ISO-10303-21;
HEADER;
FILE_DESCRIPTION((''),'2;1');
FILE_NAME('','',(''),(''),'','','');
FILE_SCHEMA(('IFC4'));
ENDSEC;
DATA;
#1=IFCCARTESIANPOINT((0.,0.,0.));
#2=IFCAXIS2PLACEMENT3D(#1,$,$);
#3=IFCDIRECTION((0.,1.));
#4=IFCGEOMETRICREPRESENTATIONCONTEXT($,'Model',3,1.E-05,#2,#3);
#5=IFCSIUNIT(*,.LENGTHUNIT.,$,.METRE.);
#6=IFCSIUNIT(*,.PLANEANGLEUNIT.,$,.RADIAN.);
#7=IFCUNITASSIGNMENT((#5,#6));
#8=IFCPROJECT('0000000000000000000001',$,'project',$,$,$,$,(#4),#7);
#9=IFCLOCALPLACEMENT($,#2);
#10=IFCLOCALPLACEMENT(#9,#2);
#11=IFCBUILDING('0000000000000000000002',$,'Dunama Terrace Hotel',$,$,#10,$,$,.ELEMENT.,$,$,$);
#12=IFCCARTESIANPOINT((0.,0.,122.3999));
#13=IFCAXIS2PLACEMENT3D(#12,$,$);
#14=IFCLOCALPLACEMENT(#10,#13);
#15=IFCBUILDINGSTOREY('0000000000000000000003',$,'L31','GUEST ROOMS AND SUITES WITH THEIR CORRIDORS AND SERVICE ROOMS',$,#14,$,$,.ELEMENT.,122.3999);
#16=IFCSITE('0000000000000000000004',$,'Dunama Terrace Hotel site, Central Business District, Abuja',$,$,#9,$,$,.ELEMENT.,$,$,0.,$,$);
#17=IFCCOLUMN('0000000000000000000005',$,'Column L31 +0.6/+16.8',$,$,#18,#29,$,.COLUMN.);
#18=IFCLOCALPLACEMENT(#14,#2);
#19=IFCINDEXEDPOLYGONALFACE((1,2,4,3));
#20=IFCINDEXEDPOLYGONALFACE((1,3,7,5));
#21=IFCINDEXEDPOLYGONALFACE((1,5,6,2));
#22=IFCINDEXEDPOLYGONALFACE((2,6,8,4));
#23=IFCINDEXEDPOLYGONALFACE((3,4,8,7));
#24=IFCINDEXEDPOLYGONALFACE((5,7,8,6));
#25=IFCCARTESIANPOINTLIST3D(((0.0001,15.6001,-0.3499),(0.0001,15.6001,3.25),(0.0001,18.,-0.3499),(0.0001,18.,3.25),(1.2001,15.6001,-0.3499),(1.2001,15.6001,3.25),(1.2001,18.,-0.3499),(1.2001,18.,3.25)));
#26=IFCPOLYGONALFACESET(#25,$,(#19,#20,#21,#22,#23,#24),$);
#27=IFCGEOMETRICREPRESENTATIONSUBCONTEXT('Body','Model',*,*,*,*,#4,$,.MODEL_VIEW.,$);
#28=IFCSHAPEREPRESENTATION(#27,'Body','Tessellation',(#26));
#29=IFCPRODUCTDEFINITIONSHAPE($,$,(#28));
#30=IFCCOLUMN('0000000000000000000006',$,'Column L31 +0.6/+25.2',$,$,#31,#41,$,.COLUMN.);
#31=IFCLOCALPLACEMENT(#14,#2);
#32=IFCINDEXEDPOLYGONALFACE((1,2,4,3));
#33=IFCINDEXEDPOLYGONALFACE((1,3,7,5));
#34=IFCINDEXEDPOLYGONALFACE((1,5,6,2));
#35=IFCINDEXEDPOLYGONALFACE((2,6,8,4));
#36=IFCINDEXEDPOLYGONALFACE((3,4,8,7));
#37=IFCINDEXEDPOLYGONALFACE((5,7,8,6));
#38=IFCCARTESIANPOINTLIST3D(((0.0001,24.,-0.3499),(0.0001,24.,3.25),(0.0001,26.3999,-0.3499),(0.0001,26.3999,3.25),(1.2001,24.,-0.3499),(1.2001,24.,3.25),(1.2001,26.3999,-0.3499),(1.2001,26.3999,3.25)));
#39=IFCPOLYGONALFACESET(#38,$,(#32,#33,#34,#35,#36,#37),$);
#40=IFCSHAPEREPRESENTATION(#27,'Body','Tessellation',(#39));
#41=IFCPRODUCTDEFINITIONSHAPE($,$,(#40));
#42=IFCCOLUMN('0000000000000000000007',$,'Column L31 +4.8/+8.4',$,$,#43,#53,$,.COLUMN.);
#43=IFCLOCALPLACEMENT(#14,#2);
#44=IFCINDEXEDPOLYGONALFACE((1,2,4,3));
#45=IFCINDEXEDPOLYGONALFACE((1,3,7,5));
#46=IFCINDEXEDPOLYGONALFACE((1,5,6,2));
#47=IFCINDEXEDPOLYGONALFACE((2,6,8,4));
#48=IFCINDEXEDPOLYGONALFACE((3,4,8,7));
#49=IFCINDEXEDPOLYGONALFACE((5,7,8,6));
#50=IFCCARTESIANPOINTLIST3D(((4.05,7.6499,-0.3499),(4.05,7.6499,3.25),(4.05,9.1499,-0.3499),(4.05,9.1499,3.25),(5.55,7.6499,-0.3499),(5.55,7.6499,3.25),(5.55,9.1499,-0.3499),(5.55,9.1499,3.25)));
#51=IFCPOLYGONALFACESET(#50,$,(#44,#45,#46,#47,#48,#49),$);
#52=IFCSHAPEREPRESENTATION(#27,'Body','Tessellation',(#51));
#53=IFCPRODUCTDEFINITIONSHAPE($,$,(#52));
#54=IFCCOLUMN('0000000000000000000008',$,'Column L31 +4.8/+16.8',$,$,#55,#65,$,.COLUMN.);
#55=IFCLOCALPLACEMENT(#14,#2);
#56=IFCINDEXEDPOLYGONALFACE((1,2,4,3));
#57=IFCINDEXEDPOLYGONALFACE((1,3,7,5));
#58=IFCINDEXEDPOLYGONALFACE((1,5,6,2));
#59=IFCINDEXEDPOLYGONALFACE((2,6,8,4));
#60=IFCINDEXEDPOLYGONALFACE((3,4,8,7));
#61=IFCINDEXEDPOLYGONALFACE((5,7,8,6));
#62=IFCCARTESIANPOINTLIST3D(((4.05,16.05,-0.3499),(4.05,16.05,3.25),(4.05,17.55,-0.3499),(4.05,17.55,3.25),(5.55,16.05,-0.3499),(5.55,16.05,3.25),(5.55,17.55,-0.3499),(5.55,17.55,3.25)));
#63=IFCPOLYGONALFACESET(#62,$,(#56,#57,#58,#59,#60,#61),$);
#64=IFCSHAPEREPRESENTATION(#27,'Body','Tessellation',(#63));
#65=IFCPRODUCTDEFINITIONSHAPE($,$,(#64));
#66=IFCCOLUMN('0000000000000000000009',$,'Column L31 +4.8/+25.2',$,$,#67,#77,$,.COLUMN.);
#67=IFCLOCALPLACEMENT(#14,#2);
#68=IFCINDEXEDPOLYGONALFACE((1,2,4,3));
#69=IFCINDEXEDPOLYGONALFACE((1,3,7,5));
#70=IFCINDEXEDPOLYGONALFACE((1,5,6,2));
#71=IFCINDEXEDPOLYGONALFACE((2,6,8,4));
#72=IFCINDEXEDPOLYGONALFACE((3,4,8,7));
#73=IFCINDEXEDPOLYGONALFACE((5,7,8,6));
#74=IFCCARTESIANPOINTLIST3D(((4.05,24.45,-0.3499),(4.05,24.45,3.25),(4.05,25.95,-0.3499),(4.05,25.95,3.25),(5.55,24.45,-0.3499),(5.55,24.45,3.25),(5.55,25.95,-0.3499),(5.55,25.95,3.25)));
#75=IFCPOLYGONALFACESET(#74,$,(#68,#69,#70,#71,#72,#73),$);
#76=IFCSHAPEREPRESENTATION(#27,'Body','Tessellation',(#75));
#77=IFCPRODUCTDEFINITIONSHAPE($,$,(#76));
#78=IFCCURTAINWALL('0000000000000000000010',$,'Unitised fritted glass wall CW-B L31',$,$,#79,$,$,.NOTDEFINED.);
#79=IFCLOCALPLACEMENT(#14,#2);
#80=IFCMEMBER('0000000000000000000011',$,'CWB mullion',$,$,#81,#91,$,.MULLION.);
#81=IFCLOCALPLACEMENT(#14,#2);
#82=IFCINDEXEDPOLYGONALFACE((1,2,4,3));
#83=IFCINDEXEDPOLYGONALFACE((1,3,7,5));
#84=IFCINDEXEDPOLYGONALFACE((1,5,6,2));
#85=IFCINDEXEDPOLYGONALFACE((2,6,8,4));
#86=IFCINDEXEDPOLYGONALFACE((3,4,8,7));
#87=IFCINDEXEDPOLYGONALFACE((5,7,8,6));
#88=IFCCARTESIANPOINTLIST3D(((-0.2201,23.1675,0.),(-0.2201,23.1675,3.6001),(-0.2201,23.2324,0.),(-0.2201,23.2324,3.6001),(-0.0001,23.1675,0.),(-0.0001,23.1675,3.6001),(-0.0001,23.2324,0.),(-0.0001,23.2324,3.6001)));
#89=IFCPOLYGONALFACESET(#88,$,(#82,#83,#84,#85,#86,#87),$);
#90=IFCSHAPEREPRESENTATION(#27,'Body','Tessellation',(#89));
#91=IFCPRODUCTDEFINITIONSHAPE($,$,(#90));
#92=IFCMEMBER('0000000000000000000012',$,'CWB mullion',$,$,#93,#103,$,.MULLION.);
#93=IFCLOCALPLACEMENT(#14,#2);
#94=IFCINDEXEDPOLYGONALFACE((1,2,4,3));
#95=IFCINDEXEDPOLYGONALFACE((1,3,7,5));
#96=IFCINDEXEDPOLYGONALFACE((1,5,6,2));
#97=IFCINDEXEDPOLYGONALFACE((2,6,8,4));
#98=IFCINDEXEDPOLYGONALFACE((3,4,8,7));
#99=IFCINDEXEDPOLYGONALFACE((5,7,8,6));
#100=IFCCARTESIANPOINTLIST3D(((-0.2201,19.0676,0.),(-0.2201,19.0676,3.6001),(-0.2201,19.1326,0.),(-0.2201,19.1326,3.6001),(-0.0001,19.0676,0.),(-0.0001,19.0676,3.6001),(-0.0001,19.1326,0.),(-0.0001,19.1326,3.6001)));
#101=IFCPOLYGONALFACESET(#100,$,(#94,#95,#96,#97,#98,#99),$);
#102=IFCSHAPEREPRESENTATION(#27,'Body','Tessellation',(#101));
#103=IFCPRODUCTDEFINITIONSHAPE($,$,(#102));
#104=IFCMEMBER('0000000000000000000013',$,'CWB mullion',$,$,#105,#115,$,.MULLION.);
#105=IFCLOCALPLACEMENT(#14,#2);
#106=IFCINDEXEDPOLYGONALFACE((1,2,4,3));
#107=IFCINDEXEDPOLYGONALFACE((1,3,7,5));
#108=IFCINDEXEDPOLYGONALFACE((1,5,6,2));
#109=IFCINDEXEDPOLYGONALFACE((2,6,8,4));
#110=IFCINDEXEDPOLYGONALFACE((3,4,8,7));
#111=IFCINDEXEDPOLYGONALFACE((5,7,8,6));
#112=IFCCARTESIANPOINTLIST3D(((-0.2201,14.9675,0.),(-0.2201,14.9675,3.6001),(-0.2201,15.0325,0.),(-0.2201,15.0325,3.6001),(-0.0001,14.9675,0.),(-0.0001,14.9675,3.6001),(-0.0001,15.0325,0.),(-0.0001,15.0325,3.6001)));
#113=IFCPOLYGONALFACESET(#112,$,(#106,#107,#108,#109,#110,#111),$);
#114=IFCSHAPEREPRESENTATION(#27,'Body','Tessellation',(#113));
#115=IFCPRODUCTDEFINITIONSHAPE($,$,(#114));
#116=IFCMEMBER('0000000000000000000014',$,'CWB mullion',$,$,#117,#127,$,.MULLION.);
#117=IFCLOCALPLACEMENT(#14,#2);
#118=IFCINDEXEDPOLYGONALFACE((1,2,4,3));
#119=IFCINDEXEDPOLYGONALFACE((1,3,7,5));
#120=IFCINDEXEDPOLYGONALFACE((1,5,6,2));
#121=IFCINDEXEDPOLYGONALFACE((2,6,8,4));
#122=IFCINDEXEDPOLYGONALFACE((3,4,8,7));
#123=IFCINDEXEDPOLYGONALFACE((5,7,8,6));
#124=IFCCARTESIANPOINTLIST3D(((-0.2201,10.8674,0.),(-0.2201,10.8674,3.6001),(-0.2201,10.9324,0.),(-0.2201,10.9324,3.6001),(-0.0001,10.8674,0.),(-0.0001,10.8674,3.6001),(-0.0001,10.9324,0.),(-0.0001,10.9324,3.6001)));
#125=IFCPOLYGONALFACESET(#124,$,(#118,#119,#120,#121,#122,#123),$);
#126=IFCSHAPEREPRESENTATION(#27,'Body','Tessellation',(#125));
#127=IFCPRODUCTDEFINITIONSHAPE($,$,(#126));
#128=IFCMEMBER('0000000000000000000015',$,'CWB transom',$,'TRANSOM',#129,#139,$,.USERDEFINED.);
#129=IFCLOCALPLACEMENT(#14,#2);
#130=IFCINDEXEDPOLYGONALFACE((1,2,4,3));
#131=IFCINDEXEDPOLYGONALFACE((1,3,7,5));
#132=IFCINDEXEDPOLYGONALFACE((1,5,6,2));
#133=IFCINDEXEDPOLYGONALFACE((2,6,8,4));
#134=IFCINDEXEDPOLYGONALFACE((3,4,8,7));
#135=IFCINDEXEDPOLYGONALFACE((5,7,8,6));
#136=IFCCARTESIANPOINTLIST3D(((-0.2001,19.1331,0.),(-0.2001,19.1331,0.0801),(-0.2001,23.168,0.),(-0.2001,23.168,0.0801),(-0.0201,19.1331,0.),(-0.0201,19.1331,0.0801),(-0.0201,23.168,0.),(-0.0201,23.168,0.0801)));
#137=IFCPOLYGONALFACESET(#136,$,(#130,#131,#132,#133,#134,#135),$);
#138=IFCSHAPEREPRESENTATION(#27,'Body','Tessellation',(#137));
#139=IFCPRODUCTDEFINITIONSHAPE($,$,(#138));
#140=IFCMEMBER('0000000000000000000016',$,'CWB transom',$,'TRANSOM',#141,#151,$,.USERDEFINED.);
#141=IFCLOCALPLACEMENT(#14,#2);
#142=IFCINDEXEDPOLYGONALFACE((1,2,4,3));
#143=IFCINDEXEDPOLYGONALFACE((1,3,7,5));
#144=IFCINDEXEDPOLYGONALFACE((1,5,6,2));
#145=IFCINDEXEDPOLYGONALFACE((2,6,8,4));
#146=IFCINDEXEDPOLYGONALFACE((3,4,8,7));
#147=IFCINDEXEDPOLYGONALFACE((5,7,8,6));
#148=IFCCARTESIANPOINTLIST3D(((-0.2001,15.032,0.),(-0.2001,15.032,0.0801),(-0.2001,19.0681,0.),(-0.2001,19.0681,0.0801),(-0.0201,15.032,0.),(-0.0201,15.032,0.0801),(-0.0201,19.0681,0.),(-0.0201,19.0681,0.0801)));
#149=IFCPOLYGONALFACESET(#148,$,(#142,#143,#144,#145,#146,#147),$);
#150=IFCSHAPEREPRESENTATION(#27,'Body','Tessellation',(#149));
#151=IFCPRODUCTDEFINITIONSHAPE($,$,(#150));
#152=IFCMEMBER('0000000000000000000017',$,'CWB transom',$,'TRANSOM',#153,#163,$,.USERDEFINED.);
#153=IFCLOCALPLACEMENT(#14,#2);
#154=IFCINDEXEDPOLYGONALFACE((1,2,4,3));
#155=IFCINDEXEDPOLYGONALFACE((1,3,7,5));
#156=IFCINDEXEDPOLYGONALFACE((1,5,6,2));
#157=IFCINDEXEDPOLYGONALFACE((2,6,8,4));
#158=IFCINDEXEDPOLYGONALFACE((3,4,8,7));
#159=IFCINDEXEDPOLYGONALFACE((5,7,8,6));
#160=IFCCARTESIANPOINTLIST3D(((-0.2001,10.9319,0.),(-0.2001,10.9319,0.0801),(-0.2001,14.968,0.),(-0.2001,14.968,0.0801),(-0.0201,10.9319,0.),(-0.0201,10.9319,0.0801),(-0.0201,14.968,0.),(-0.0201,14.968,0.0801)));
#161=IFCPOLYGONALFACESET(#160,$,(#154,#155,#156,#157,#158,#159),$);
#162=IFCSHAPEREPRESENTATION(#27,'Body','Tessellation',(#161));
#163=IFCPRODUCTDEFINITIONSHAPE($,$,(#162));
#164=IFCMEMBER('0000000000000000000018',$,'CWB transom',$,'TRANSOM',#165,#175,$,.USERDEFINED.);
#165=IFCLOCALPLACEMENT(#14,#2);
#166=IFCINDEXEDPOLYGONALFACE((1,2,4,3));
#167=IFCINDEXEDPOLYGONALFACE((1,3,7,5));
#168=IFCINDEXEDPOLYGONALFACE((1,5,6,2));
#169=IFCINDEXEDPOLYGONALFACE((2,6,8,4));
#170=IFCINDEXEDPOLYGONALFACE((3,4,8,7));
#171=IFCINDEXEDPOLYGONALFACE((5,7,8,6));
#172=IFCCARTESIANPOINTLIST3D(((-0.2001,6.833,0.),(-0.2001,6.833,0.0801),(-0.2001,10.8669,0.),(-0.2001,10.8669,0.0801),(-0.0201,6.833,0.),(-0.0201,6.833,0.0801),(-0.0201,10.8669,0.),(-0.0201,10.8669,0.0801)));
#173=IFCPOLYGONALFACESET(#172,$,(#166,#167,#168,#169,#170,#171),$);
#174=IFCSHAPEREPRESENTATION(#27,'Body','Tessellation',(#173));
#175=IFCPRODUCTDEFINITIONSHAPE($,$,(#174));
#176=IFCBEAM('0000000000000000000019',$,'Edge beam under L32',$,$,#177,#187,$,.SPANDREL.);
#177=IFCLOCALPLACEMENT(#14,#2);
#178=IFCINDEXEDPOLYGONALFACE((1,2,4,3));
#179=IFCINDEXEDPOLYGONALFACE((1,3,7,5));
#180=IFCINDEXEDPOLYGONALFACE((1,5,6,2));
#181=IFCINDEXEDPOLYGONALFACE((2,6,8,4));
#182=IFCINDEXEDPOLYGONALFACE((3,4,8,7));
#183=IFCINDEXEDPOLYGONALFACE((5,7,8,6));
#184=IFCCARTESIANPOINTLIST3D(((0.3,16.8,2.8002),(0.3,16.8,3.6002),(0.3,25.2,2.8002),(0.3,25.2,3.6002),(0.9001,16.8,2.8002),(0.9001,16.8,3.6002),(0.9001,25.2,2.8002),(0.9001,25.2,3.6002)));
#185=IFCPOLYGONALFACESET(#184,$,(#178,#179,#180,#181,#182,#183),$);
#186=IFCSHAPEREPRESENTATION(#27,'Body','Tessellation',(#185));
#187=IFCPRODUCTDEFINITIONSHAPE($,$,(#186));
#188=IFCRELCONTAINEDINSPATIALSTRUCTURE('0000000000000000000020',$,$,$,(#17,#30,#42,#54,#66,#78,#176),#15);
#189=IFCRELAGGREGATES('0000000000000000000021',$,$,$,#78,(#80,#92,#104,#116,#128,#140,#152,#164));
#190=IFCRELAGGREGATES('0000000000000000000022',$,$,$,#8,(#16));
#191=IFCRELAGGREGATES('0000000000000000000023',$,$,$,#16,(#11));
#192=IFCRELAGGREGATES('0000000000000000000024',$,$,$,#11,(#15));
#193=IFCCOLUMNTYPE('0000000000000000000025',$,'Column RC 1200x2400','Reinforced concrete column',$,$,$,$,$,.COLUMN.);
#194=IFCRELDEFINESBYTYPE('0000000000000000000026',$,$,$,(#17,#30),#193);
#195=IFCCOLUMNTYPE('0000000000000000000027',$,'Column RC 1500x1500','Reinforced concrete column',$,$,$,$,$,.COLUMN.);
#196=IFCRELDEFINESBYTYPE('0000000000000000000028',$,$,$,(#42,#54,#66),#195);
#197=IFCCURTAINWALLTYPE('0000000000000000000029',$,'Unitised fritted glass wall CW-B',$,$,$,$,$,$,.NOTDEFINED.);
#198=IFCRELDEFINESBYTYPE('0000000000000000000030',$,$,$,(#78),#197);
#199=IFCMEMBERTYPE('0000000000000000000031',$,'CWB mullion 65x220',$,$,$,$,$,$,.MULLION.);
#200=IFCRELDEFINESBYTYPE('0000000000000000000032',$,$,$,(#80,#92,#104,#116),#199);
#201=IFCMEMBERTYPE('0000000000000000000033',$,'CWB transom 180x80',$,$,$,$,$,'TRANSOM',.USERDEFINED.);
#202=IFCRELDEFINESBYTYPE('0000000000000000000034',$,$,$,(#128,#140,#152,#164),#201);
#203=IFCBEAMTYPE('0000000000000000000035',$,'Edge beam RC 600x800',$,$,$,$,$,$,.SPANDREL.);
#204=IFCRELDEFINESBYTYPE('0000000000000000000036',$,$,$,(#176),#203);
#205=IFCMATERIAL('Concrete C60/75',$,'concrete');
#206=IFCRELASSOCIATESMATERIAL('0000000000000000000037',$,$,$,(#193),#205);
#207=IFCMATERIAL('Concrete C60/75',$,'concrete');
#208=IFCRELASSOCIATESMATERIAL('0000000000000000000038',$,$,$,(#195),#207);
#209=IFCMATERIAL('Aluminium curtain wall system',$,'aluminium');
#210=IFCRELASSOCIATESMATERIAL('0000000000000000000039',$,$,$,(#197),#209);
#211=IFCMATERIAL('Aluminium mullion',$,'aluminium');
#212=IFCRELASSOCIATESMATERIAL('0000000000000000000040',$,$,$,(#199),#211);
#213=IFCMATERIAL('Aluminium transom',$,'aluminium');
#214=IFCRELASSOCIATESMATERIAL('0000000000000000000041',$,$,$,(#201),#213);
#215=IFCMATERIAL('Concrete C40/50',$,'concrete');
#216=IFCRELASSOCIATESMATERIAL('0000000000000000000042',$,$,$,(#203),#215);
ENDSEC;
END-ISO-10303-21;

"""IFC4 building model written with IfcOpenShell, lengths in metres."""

from ifc_helpers import new_model, si_unit, direction, frame, origin, origin_2d, place, context, subcontext, project, spatial, rectangle, extrude, material, material_profile, profile_set, type_object, element, aggregate, save


model = new_model("IFC4")

# Units and contexts
model_context = context("Model", 3, precision=1e-05, world=origin(), true_north=direction((0.0, 1.0)))
body_context = subcontext(model_context, "Body", "Model", "MODEL_VIEW")
ifc_project = project(units=[si_unit("LENGTHUNIT", "METRE"), si_unit("PLANEANGLEUNIT", "RADIAN")], contexts=[model_context])

# Site, building, storey
site_placement = place(None, origin())
site = spatial("IfcSite", under=ifc_project, at=site_placement, Name="Dunama Terrace Hotel site, Central Business District, Abuja", CompositionType="ELEMENT", RefElevation=0.0)
building_placement = place(site_placement, origin())
building = spatial("IfcBuilding", under=site, at=building_placement, Name="Dunama Terrace Hotel", CompositionType="ELEMENT")
storey_placement = place(building_placement, frame((0.0, 0.0, 122.3999)))
storey = spatial("IfcBuildingStorey", under=building, at=storey_placement, Name="L31", Description="GUEST ROOMS AND SUITES WITH THEIR CORRIDORS AND SERVICE ROOMS", CompositionType="ELEMENT", Elevation=122.3999)

# Columns
ifc_material_1 = material(Name="Concrete C60/75", Category="concrete")
ifc_material_profile_1 = material_profile(ifc_material_1, rectangle(XDim=1.2, YDim=2.3999, at=origin_2d()), Name="RC 1200x2400")
ifc_profile_set_1 = profile_set([ifc_material_profile_1], Name="Concrete C60/75")
column_type_1 = type_object("IfcColumnType", Name="Column RC 1200x2400", Description="Reinforced concrete column", PredefinedType="COLUMN", material=ifc_profile_set_1)
for number, where, z_axis, x_axis, name in (
    (1, (0.6001, 16.8, -0.3499), (0.0, 0.0, 1.0), (1.0, 0.0, 0.0), "Column L31 +0.6/+16.8"),
    (2, (0.6001, 25.2, -0.3499), (0.0, 0.0, 1.0), (1.0, 0.0, 0.0), "Column L31 +0.6/+25.2"),
):
    element("IfcColumn", number, at=place(storey_placement, frame(where, z_axis=z_axis, x_axis=x_axis)), inside=storey, type_object=column_type_1, Name=name, PredefinedType="COLUMN", context=body_context, shape_type="SweptSolid", body=[
        extrude(rectangle(XDim=1.2, YDim=2.3999, at=origin_2d()), origin(), (0.0, 0.0, 1.0), 3.5999),
    ])
ifc_material_2 = material(Name="Concrete C60/75", Category="concrete")
ifc_material_profile_2 = material_profile(ifc_material_2, rectangle(XDim=1.5, YDim=1.5, at=origin_2d()), Name="RC 1500x1500")
ifc_profile_set_2 = profile_set([ifc_material_profile_2], Name="Concrete C60/75")
column_type_2 = type_object("IfcColumnType", Name="Column RC 1500x1500", Description="Reinforced concrete column", PredefinedType="COLUMN", material=ifc_profile_set_2)
for number, where, z_axis, x_axis, name in (
    (3, (4.8, 8.3999, -0.3499), (0.0, 0.0, 1.0), (1.0, 0.0, 0.0), "Column L31 +4.8/+8.4"),
    (4, (4.8, 16.8, -0.3499), (0.0, 0.0, 1.0), (1.0, 0.0, 0.0), "Column L31 +4.8/+16.8"),
    (5, (4.8, 25.2, -0.3499), (0.0, 0.0, 1.0), (1.0, 0.0, 0.0), "Column L31 +4.8/+25.2"),
):
    element("IfcColumn", number, at=place(storey_placement, frame(where, z_axis=z_axis, x_axis=x_axis)), inside=storey, type_object=column_type_2, Name=name, PredefinedType="COLUMN", context=body_context, shape_type="SweptSolid", body=[
        extrude(rectangle(XDim=1.5, YDim=1.5, at=origin_2d()), origin(), (0.0, 0.0, 1.0), 3.5999),
    ])

# Curtain wall, members
ifc_material_3 = material(Name="Aluminium curtain wall system", Category="aluminium")
curtain_wall_type = type_object("IfcCurtainWallType", Name="Unitised fritted glass wall CW-B", PredefinedType="NOTDEFINED", material=ifc_material_3)
curtain_wall_placement = place(storey_placement, origin())
curtain_wall = element("IfcCurtainWall", 6, at=curtain_wall_placement, inside=storey, type_object=curtain_wall_type, Name="Unitised fritted glass wall CW-B L31", PredefinedType="NOTDEFINED")
ifc_material_4 = material(Name="Aluminium mullion", Category="aluminium")
ifc_material_profile_3 = material_profile(ifc_material_4, rectangle(XDim=0.0649, YDim=0.22, at=origin_2d()), Name="CWB MULLION 65X220")
ifc_profile_set_3 = profile_set([ifc_material_profile_3], Name="Aluminium mullion")
member_type_1 = type_object("IfcMemberType", Name="CWB mullion 65x220", PredefinedType="MULLION", material=ifc_profile_set_3)
member_1_placement = place(storey_placement, frame((-0.1101, 23.2, 0.0), z_axis=(0.0, 0.0, 1.0), x_axis=(0.0, -1.0, 0.0)))
member_1 = element("IfcMember", 7, at=member_1_placement, type_object=member_type_1, Name="CWB mullion", PredefinedType="MULLION", context=body_context, shape_type="SweptSolid", body=[
    extrude(rectangle(XDim=0.0649, YDim=0.22, at=origin_2d()), origin(), (0.0, 0.0, 1.0), 3.6001),
])
member_2_placement = place(storey_placement, frame((-0.1101, 19.1001, 0.0), z_axis=(0.0, 0.0, 1.0), x_axis=(0.0, -1.0, 0.0)))
member_2 = element("IfcMember", 8, at=member_2_placement, type_object=member_type_1, Name="CWB mullion", PredefinedType="MULLION", context=body_context, shape_type="SweptSolid", body=[
    extrude(rectangle(XDim=0.0649, YDim=0.22, at=origin_2d()), origin(), (0.0, 0.0, 1.0), 3.6001),
])
member_3_placement = place(storey_placement, frame((-0.1101, 15.0, 0.0), z_axis=(0.0, 0.0, 1.0), x_axis=(0.0, -1.0, 0.0)))
member_3 = element("IfcMember", 9, at=member_3_placement, type_object=member_type_1, Name="CWB mullion", PredefinedType="MULLION", context=body_context, shape_type="SweptSolid", body=[
    extrude(rectangle(XDim=0.0649, YDim=0.22, at=origin_2d()), origin(), (0.0, 0.0, 1.0), 3.6001),
])
member_4_placement = place(storey_placement, frame((-0.1101, 10.8999, 0.0), z_axis=(0.0, 0.0, 1.0), x_axis=(0.0, -1.0, 0.0)))
member_4 = element("IfcMember", 10, at=member_4_placement, type_object=member_type_1, Name="CWB mullion", PredefinedType="MULLION", context=body_context, shape_type="SweptSolid", body=[
    extrude(rectangle(XDim=0.0649, YDim=0.22, at=origin_2d()), origin(), (0.0, 0.0, 1.0), 3.6001),
])
ifc_material_5 = material(Name="Aluminium transom", Category="aluminium")
ifc_material_profile_4 = material_profile(ifc_material_5, rectangle(XDim=0.1799, YDim=0.0801, at=origin_2d()), Name="CWB TRANSOM 180X80")
ifc_profile_set_4 = profile_set([ifc_material_profile_4], Name="Aluminium transom")
member_type_2 = type_object("IfcMemberType", Name="CWB transom 180x80", ElementType="TRANSOM", PredefinedType="USERDEFINED", material=ifc_profile_set_4)
member_5_placement = place(storey_placement, frame((-0.1101, 23.168, 0.04), z_axis=(0.0, -1.0, 0.0), x_axis=(1.0, 0.0, 0.0)))
member_5 = element("IfcMember", 11, at=member_5_placement, type_object=member_type_2, Name="CWB transom", ObjectType="TRANSOM", PredefinedType="USERDEFINED", context=body_context, shape_type="SweptSolid", body=[
    extrude(rectangle(XDim=0.1799, YDim=0.0801, at=origin_2d()), origin(), (0.0, 0.0, 1.0), 4.0349),
])
member_6_placement = place(storey_placement, frame((-0.1101, 19.0681, 0.04), z_axis=(0.0, -1.0, 0.0), x_axis=(1.0, 0.0, 0.0)))
member_6 = element("IfcMember", 12, at=member_6_placement, type_object=member_type_2, Name="CWB transom", ObjectType="TRANSOM", PredefinedType="USERDEFINED", context=body_context, shape_type="SweptSolid", body=[
    extrude(rectangle(XDim=0.1799, YDim=0.0801, at=origin_2d()), origin(), (0.0, 0.0, 1.0), 4.0361),
])
member_7_placement = place(storey_placement, frame((-0.1101, 14.968, 0.04), z_axis=(0.0, -1.0, 0.0), x_axis=(1.0, 0.0, 0.0)))
member_7 = element("IfcMember", 13, at=member_7_placement, type_object=member_type_2, Name="CWB transom", ObjectType="TRANSOM", PredefinedType="USERDEFINED", context=body_context, shape_type="SweptSolid", body=[
    extrude(rectangle(XDim=0.1799, YDim=0.0801, at=origin_2d()), origin(), (0.0, 0.0, 1.0), 4.0361),
])
member_8_placement = place(storey_placement, frame((-0.1101, 10.8669, 0.04), z_axis=(0.0, -1.0, 0.0), x_axis=(1.0, 0.0, 0.0)))
member_8 = element("IfcMember", 14, at=member_8_placement, type_object=member_type_2, Name="CWB transom", ObjectType="TRANSOM", PredefinedType="USERDEFINED", context=body_context, shape_type="SweptSolid", body=[
    extrude(rectangle(XDim=0.1799, YDim=0.0801, at=origin_2d()), origin(), (0.0, 0.0, 1.0), 4.0339),
])

# Beam
ifc_material_6 = material(Name="Concrete C40/50", Category="concrete")
ifc_material_profile_5 = material_profile(ifc_material_6, rectangle(XDim=0.6001, YDim=0.8, at=origin_2d()), Name="RC 600x800")
ifc_profile_set_5 = profile_set([ifc_material_profile_5], Name="Concrete C40/50")
beam_type = type_object("IfcBeamType", Name="Edge beam RC 600x800", PredefinedType="SPANDREL", material=ifc_profile_set_5)
beam_1_placement = place(storey_placement, frame((0.6001, 16.8, 3.2002), z_axis=(0.0, 1.0, 0.0), x_axis=(-1.0, 0.0, 0.0)))
element("IfcBeam", 15, at=beam_1_placement, inside=storey, type_object=beam_type, Name="Edge beam under L32", PredefinedType="SPANDREL", context=body_context, shape_type="SweptSolid", body=[
    extrude(rectangle(XDim=0.6001, YDim=0.8, at=origin_2d()), origin(), (0.0, 0.0, 1.0), 8.3999),
])

aggregate(curtain_wall, [member_1, member_2, member_3, member_4, member_5, member_6, member_7, member_8])

save(model, "model.ifc")
